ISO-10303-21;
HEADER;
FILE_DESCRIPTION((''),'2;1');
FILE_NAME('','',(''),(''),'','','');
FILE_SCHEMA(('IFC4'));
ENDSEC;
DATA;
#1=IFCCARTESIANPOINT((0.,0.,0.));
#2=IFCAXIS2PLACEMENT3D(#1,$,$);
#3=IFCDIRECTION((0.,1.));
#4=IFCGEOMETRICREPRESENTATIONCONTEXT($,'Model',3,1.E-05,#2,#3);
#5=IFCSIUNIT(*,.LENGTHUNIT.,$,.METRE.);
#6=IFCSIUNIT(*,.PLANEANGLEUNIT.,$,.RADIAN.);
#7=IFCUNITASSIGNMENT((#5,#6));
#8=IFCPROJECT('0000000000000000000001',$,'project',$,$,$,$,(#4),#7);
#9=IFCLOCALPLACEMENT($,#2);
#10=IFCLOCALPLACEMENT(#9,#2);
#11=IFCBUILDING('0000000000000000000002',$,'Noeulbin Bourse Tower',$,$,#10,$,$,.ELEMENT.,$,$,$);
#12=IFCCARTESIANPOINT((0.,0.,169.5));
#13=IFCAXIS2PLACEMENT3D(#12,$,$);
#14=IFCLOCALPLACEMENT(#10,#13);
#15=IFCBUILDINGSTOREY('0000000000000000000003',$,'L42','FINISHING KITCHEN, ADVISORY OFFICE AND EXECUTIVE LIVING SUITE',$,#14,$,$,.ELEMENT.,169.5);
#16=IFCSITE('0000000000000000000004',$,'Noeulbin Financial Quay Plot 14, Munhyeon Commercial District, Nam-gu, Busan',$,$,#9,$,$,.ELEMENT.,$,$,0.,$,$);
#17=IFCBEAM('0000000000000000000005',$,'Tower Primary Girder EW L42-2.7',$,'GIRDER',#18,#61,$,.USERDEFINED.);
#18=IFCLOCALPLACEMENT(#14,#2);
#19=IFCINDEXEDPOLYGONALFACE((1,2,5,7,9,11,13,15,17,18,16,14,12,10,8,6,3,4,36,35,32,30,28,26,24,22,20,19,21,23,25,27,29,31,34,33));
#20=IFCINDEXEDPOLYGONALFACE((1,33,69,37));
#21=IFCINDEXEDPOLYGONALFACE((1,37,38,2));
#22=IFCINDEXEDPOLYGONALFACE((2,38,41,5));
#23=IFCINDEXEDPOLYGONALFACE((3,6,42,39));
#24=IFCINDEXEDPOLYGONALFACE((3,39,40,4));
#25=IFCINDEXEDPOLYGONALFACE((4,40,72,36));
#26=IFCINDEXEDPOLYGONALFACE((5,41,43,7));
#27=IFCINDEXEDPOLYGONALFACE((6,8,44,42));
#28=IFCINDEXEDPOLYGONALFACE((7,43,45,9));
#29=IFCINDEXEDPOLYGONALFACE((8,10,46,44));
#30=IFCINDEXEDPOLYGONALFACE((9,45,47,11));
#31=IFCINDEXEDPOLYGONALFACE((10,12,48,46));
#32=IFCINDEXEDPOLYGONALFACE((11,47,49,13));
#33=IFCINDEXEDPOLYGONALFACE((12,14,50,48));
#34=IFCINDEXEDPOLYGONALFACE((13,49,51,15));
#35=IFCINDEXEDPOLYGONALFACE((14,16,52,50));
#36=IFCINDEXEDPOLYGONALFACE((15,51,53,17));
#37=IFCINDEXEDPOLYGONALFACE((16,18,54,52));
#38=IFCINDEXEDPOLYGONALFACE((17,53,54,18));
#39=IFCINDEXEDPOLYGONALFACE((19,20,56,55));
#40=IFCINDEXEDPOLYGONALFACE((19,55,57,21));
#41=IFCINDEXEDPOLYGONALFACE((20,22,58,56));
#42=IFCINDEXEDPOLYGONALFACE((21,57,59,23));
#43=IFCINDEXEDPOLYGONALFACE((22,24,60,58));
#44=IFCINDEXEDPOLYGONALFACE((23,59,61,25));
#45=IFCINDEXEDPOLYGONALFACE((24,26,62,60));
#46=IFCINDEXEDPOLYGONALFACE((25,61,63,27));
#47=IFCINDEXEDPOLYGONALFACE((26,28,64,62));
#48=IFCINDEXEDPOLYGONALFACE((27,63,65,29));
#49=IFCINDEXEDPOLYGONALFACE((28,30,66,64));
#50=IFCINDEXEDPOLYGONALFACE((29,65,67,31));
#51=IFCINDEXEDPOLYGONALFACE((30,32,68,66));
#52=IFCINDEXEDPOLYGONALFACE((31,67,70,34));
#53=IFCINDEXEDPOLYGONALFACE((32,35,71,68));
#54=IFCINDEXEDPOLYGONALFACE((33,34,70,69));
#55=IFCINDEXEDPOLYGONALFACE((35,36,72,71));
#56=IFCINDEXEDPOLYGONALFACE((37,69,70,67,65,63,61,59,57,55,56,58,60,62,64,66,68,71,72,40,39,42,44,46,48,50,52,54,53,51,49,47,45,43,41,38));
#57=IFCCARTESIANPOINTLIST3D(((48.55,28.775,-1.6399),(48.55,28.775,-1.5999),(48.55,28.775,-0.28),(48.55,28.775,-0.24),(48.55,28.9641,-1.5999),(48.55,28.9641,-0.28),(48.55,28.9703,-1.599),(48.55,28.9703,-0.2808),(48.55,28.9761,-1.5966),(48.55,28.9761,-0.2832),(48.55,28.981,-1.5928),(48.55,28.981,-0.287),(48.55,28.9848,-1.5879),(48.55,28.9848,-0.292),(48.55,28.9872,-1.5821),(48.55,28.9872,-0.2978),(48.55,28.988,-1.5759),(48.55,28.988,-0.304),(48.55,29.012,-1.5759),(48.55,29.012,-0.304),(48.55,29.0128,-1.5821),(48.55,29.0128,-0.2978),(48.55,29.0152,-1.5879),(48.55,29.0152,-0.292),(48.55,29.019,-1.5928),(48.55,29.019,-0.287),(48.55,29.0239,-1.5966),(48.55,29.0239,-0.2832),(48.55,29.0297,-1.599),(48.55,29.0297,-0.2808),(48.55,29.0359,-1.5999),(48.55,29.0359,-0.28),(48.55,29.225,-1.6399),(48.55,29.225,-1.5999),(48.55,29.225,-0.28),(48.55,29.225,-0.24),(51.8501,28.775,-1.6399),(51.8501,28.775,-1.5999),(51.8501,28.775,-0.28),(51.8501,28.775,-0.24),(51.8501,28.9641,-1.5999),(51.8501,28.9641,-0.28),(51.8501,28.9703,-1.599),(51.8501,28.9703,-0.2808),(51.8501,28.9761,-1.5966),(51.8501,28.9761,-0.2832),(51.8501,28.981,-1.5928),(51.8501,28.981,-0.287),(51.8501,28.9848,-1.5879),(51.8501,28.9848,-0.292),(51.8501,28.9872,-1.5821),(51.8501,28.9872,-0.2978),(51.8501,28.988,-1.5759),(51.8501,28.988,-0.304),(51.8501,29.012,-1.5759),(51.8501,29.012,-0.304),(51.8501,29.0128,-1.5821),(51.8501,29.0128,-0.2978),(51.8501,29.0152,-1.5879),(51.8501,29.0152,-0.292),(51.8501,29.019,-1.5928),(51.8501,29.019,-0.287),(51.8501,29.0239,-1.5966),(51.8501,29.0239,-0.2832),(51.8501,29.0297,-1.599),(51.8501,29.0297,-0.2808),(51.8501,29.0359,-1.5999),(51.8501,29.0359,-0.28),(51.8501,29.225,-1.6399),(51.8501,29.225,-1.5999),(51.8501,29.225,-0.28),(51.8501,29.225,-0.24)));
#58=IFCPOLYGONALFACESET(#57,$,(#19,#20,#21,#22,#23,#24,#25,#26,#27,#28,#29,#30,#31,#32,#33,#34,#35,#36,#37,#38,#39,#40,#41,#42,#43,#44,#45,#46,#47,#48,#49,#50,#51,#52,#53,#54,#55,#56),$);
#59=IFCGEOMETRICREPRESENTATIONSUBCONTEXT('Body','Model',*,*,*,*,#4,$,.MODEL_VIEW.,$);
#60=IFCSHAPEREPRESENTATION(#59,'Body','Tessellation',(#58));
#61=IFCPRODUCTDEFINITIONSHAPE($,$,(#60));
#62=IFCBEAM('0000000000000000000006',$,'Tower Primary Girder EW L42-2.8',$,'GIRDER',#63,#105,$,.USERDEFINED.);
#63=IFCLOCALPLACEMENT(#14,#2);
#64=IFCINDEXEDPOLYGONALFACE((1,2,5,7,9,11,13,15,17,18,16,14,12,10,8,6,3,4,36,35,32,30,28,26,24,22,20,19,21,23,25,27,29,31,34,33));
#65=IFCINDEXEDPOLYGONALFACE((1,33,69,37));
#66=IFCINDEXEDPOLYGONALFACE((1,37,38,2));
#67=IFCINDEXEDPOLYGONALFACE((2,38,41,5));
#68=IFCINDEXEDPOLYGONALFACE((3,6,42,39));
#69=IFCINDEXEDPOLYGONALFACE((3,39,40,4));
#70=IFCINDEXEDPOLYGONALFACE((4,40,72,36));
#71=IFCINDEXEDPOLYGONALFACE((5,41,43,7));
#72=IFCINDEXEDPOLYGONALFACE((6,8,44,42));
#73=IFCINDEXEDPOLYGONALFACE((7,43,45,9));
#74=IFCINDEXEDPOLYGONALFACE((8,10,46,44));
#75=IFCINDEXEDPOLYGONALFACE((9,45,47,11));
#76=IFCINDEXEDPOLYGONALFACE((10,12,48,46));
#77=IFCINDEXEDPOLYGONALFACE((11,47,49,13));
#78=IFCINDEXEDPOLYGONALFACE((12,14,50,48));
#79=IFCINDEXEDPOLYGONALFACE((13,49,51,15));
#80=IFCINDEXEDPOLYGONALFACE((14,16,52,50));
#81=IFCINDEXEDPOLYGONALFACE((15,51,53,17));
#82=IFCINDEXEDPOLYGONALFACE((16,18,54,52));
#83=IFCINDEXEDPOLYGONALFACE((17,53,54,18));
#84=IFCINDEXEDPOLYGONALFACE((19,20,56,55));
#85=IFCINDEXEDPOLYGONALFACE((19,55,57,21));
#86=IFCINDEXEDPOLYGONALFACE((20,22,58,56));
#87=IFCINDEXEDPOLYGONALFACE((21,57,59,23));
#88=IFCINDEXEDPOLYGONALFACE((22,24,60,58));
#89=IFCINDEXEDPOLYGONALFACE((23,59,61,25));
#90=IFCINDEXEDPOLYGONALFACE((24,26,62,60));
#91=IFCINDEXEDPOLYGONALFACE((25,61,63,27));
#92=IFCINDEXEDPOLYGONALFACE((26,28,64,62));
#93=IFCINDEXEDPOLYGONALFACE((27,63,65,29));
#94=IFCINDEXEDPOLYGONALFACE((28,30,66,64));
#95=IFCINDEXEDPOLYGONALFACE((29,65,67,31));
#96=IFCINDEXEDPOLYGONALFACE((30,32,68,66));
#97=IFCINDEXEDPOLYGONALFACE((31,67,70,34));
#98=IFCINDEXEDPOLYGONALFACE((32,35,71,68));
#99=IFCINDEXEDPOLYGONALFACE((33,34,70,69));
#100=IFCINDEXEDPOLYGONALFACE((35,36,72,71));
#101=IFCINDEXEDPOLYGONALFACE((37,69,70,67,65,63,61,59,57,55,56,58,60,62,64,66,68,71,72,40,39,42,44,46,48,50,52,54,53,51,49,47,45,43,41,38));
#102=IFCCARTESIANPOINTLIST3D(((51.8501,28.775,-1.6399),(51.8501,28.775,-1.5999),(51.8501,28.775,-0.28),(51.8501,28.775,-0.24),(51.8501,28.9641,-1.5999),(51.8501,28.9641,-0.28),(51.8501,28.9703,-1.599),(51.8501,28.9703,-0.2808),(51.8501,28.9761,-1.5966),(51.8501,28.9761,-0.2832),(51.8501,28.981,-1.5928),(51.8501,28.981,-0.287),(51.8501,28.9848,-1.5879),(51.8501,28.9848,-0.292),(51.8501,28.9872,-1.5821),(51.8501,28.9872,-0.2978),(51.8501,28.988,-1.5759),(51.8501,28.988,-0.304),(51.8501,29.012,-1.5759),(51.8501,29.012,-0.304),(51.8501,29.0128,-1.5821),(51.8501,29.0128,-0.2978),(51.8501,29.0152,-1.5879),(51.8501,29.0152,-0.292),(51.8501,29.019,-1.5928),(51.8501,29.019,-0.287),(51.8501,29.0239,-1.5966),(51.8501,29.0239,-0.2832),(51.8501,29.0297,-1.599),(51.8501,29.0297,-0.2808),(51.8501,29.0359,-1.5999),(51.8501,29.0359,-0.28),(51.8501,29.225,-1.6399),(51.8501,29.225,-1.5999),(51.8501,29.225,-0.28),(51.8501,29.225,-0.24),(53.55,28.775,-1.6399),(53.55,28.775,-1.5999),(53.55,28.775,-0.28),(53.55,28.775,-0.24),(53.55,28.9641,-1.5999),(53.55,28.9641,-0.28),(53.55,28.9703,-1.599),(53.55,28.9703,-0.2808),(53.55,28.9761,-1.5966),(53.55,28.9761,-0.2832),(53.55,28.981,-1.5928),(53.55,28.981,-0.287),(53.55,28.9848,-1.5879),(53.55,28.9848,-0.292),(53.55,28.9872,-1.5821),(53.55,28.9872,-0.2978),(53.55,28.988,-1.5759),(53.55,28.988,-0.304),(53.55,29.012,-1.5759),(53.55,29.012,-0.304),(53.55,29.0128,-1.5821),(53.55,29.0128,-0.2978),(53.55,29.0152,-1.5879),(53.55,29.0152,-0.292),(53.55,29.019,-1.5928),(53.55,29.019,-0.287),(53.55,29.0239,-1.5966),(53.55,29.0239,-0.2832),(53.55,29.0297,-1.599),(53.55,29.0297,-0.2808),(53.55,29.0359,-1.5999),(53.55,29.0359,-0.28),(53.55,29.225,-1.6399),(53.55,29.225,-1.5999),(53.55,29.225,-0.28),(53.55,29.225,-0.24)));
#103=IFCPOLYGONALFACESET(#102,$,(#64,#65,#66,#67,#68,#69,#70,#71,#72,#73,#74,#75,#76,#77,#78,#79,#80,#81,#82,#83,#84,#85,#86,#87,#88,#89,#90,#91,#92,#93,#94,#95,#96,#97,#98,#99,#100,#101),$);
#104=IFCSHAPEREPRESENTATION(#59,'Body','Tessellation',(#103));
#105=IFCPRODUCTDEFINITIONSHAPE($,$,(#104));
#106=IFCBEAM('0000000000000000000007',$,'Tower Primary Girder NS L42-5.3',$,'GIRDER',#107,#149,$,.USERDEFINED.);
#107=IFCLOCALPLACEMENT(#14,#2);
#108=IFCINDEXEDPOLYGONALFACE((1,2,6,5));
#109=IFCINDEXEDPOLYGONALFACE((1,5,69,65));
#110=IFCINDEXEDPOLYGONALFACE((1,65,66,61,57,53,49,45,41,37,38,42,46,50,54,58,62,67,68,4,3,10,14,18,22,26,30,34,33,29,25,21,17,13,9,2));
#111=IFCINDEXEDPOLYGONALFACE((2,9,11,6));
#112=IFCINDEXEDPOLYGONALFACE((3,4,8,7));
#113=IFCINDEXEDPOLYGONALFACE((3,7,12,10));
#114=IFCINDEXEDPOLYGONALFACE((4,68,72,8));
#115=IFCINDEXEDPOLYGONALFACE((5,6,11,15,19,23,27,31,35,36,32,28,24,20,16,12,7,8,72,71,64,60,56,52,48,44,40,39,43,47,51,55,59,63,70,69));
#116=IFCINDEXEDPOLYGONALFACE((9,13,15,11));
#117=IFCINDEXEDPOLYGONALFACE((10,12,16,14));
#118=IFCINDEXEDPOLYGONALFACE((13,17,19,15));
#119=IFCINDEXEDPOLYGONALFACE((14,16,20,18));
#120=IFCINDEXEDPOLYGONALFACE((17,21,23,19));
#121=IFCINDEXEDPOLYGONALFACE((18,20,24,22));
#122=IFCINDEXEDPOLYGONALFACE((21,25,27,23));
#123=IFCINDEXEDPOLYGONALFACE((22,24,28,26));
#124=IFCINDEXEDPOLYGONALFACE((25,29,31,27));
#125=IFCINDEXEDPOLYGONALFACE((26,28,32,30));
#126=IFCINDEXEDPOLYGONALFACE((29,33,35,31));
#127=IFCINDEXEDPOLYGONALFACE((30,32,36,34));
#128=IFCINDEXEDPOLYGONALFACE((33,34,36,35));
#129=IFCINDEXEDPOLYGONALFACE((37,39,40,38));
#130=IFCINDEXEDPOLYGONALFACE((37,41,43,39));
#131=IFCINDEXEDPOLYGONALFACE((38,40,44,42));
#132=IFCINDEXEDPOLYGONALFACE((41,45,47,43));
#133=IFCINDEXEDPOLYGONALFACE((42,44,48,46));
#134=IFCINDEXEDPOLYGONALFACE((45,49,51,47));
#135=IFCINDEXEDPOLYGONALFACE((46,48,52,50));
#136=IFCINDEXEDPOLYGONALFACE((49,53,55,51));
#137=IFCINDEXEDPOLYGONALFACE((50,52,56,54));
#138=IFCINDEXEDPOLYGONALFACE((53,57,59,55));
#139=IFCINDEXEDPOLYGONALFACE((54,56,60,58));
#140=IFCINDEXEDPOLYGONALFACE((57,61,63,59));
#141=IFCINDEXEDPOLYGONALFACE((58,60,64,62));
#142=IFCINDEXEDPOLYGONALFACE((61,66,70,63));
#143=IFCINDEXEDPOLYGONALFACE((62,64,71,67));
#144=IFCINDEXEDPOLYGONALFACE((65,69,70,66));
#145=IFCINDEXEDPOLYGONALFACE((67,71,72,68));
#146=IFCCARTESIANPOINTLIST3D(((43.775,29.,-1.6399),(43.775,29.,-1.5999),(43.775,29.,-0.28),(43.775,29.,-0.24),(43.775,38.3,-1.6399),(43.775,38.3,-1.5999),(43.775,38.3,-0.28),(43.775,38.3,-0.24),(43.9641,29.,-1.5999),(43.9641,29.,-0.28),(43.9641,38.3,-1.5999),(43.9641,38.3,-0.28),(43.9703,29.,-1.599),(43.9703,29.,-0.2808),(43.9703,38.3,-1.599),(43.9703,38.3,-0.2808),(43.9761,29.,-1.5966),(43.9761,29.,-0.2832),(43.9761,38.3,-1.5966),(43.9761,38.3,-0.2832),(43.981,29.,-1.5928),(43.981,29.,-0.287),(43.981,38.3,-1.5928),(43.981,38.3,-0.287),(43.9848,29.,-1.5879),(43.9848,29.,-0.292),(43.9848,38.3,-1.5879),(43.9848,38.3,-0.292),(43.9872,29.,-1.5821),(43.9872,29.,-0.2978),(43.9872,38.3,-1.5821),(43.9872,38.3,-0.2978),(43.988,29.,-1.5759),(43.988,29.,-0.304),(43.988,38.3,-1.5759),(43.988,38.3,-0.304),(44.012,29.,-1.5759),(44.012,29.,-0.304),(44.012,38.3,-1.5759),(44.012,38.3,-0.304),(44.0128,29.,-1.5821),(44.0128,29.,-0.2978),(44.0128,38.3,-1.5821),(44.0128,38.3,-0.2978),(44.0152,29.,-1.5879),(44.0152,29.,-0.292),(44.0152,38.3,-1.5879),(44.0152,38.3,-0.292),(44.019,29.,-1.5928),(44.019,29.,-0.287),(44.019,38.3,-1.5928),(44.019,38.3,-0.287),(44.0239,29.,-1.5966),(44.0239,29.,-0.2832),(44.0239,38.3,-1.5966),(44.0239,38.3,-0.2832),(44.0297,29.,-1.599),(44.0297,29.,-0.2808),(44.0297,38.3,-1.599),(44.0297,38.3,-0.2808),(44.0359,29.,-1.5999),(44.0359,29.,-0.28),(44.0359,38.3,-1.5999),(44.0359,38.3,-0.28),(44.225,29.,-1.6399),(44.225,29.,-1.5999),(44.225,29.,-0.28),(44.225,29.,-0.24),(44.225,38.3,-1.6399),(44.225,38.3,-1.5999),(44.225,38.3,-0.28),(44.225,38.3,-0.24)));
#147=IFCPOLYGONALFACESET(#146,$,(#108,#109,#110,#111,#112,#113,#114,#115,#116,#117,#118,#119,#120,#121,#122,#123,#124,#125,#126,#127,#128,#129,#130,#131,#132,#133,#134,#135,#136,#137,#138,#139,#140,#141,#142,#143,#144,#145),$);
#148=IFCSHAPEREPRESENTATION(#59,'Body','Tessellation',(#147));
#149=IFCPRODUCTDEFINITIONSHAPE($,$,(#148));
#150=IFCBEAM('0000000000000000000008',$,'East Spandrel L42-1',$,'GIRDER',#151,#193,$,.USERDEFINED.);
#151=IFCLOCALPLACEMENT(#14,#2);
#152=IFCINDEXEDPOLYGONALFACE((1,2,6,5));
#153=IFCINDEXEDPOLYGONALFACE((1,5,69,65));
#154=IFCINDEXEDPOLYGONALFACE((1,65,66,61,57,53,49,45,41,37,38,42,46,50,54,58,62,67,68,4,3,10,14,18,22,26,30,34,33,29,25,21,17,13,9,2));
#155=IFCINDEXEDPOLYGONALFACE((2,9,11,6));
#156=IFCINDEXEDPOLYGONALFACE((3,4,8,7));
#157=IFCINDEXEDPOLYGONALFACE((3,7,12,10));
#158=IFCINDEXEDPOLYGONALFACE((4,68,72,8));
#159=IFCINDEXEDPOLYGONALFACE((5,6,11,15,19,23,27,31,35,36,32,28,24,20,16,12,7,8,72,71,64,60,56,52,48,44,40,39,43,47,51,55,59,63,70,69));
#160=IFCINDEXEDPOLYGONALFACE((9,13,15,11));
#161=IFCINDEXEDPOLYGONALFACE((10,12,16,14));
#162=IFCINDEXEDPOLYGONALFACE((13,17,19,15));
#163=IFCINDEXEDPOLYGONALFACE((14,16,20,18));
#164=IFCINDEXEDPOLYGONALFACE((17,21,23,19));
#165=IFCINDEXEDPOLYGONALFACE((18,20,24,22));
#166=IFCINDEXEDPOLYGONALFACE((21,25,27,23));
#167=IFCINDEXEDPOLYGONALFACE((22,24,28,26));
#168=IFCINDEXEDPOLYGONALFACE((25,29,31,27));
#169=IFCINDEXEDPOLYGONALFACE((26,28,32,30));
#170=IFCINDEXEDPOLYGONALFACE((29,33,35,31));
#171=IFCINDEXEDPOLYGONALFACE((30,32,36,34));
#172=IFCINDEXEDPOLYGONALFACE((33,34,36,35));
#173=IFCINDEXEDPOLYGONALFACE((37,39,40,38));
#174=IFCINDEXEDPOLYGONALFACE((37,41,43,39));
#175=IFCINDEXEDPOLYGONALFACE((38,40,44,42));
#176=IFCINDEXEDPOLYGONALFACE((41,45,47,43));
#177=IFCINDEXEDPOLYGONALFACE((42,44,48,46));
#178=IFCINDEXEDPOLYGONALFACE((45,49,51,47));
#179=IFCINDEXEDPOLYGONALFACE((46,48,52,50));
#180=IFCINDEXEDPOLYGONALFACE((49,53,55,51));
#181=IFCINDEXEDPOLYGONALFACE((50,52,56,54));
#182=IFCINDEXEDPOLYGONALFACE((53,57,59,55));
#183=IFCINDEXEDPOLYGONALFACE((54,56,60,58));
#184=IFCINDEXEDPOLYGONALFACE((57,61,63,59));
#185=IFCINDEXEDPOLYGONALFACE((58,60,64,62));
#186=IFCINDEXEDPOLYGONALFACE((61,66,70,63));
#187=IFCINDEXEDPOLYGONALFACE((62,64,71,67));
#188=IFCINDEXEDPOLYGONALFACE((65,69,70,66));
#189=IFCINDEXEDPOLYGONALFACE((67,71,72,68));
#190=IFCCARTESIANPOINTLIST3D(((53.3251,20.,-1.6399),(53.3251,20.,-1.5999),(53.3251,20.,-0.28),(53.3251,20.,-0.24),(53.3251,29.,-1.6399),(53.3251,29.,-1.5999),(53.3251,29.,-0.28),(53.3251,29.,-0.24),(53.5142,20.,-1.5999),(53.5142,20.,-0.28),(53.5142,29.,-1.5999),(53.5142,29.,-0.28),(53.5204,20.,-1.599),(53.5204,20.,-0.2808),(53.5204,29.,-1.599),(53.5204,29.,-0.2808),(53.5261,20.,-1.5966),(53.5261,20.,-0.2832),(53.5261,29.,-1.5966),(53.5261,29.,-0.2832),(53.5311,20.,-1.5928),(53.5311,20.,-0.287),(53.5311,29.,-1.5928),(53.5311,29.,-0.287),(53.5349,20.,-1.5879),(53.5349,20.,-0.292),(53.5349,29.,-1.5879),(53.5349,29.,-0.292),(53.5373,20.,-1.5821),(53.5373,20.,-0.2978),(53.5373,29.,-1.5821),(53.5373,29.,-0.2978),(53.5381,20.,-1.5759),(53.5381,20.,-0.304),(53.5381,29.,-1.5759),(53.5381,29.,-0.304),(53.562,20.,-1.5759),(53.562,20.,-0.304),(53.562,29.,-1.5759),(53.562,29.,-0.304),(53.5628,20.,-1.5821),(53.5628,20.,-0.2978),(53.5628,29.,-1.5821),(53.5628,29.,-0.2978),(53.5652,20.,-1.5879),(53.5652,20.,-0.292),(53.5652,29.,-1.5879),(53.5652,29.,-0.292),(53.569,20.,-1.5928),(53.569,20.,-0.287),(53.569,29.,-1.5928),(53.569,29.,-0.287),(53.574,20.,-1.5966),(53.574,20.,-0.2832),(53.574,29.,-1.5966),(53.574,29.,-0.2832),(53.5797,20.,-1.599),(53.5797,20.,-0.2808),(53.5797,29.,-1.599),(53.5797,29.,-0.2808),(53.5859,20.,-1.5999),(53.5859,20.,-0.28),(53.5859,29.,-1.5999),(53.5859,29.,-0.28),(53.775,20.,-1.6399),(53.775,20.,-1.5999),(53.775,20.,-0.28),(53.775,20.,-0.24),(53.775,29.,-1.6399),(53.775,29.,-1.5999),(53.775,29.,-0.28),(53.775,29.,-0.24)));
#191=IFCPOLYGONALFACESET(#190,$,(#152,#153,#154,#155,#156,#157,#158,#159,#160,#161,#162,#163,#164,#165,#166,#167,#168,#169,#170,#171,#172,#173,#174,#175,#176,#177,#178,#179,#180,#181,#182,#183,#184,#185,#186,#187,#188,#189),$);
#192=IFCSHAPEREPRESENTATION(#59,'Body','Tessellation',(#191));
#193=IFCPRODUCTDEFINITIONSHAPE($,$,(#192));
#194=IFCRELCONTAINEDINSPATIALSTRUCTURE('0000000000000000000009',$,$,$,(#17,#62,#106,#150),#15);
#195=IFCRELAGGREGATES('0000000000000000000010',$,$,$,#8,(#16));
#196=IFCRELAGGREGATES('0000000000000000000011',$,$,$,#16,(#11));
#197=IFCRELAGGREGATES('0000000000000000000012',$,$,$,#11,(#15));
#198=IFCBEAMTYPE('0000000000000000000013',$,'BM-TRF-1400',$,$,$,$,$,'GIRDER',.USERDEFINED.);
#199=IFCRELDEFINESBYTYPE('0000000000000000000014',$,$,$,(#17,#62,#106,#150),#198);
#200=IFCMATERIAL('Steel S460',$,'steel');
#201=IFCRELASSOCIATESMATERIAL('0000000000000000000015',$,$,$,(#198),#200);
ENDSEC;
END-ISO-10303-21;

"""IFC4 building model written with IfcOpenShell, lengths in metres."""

from ifc_helpers import new_model, si_unit, direction, frame, origin, origin_2d, place, context, subcontext, project, spatial, i_section, extrude, material, material_profile, profile_set, type_object, element, save


model = new_model("IFC4")

# Units and contexts
model_context = context("Model", 3, precision=1e-05, world=origin(), true_north=direction((0.0, 1.0)))
body_context = subcontext(model_context, "Body", "Model", "MODEL_VIEW")
ifc_project = project(units=[si_unit("LENGTHUNIT", "METRE"), si_unit("PLANEANGLEUNIT", "RADIAN")], contexts=[model_context])

# Site, building, storey
site_placement = place(None, origin())
site = spatial("IfcSite", under=ifc_project, at=site_placement, Name="Noeulbin Financial Quay Plot 14, Munhyeon Commercial District, Nam-gu, Busan", CompositionType="ELEMENT", RefElevation=0.0)
building_placement = place(site_placement, origin())
building = spatial("IfcBuilding", under=site, at=building_placement, Name="Noeulbin Bourse Tower", CompositionType="ELEMENT")
storey_placement = place(building_placement, frame((0.0, 0.0, 169.5)))
storey = spatial("IfcBuildingStorey", under=building, at=storey_placement, Name="L42", Description="FINISHING KITCHEN, ADVISORY OFFICE AND EXECUTIVE LIVING SUITE", CompositionType="ELEMENT", Elevation=169.5)

# Shared definitions
ifc_material_1 = material(Name="Steel S460", Category="steel")

# Beams
ifc_material_profile_1 = material_profile(ifc_material_1, i_section(OverallWidth=0.45, OverallDepth=1.3999, WebThickness=0.0239, FlangeThickness=0.04, FilletRadius=0.0239, at=origin_2d()), Name="PG-1400x450x24x40", Category="LoadBearing")
ifc_profile_set_1 = profile_set([ifc_material_profile_1], Name="Steel S460")
beam_type_1 = type_object("IfcBeamType", Name="BM-TRF-1400", ElementType="GIRDER", PredefinedType="USERDEFINED", material=ifc_profile_set_1)
beam_1_placement = place(storey_placement, frame((48.55, 29.0, -0.9399), z_axis=(1.0, 0.0, 0.0), x_axis=(0.0, 1.0, 0.0)))
element("IfcBeam", 1, at=beam_1_placement, inside=storey, type_object=beam_type_1, Name="Tower Primary Girder EW L42-2.7", ObjectType="GIRDER", PredefinedType="USERDEFINED", context=body_context, shape_type="SweptSolid", body=[
    extrude(i_section(OverallWidth=0.45, OverallDepth=1.3999, WebThickness=0.0239, FlangeThickness=0.04, FilletRadius=0.0239, at=origin_2d()), origin(), (0.0, 0.0, 1.0), 3.3),
])
beam_2_placement = place(storey_placement, frame((51.8501, 29.0, -0.9399), z_axis=(1.0, 0.0, 0.0), x_axis=(0.0, 1.0, 0.0)))
element("IfcBeam", 2, at=beam_2_placement, inside=storey, type_object=beam_type_1, Name="Tower Primary Girder EW L42-2.8", ObjectType="GIRDER", PredefinedType="USERDEFINED", context=body_context, shape_type="SweptSolid", body=[
    extrude(i_section(OverallWidth=0.45, OverallDepth=1.3999, WebThickness=0.0239, FlangeThickness=0.04, FilletRadius=0.0239, at=origin_2d()), origin(), (0.0, 0.0, 1.0), 1.7),
])
beam_3_placement = place(storey_placement, frame((44.0, 29.0, -0.9399), z_axis=(0.0, 1.0, 0.0), x_axis=(-1.0, 0.0, 0.0)))
element("IfcBeam", 3, at=beam_3_placement, inside=storey, type_object=beam_type_1, Name="Tower Primary Girder NS L42-5.3", ObjectType="GIRDER", PredefinedType="USERDEFINED", context=body_context, shape_type="SweptSolid", body=[
    extrude(i_section(OverallWidth=0.45, OverallDepth=1.3999, WebThickness=0.0239, FlangeThickness=0.04, FilletRadius=0.0239, at=origin_2d()), origin(), (0.0, 0.0, 1.0), 9.3),
])
beam_4_placement = place(storey_placement, frame((53.55, 20.0, -0.9399), z_axis=(0.0, 1.0, 0.0), x_axis=(-1.0, 0.0, 0.0)))
element("IfcBeam", 4, at=beam_4_placement, inside=storey, type_object=beam_type_1, Name="East Spandrel L42-1", ObjectType="GIRDER", PredefinedType="USERDEFINED", context=body_context, shape_type="SweptSolid", body=[
    extrude(i_section(OverallWidth=0.45, OverallDepth=1.3999, WebThickness=0.0239, FlangeThickness=0.04, FilletRadius=0.0239, at=origin_2d()), origin(), (0.0, 0.0, 1.0), 9.0),
])

save(model, "model.ifc")
